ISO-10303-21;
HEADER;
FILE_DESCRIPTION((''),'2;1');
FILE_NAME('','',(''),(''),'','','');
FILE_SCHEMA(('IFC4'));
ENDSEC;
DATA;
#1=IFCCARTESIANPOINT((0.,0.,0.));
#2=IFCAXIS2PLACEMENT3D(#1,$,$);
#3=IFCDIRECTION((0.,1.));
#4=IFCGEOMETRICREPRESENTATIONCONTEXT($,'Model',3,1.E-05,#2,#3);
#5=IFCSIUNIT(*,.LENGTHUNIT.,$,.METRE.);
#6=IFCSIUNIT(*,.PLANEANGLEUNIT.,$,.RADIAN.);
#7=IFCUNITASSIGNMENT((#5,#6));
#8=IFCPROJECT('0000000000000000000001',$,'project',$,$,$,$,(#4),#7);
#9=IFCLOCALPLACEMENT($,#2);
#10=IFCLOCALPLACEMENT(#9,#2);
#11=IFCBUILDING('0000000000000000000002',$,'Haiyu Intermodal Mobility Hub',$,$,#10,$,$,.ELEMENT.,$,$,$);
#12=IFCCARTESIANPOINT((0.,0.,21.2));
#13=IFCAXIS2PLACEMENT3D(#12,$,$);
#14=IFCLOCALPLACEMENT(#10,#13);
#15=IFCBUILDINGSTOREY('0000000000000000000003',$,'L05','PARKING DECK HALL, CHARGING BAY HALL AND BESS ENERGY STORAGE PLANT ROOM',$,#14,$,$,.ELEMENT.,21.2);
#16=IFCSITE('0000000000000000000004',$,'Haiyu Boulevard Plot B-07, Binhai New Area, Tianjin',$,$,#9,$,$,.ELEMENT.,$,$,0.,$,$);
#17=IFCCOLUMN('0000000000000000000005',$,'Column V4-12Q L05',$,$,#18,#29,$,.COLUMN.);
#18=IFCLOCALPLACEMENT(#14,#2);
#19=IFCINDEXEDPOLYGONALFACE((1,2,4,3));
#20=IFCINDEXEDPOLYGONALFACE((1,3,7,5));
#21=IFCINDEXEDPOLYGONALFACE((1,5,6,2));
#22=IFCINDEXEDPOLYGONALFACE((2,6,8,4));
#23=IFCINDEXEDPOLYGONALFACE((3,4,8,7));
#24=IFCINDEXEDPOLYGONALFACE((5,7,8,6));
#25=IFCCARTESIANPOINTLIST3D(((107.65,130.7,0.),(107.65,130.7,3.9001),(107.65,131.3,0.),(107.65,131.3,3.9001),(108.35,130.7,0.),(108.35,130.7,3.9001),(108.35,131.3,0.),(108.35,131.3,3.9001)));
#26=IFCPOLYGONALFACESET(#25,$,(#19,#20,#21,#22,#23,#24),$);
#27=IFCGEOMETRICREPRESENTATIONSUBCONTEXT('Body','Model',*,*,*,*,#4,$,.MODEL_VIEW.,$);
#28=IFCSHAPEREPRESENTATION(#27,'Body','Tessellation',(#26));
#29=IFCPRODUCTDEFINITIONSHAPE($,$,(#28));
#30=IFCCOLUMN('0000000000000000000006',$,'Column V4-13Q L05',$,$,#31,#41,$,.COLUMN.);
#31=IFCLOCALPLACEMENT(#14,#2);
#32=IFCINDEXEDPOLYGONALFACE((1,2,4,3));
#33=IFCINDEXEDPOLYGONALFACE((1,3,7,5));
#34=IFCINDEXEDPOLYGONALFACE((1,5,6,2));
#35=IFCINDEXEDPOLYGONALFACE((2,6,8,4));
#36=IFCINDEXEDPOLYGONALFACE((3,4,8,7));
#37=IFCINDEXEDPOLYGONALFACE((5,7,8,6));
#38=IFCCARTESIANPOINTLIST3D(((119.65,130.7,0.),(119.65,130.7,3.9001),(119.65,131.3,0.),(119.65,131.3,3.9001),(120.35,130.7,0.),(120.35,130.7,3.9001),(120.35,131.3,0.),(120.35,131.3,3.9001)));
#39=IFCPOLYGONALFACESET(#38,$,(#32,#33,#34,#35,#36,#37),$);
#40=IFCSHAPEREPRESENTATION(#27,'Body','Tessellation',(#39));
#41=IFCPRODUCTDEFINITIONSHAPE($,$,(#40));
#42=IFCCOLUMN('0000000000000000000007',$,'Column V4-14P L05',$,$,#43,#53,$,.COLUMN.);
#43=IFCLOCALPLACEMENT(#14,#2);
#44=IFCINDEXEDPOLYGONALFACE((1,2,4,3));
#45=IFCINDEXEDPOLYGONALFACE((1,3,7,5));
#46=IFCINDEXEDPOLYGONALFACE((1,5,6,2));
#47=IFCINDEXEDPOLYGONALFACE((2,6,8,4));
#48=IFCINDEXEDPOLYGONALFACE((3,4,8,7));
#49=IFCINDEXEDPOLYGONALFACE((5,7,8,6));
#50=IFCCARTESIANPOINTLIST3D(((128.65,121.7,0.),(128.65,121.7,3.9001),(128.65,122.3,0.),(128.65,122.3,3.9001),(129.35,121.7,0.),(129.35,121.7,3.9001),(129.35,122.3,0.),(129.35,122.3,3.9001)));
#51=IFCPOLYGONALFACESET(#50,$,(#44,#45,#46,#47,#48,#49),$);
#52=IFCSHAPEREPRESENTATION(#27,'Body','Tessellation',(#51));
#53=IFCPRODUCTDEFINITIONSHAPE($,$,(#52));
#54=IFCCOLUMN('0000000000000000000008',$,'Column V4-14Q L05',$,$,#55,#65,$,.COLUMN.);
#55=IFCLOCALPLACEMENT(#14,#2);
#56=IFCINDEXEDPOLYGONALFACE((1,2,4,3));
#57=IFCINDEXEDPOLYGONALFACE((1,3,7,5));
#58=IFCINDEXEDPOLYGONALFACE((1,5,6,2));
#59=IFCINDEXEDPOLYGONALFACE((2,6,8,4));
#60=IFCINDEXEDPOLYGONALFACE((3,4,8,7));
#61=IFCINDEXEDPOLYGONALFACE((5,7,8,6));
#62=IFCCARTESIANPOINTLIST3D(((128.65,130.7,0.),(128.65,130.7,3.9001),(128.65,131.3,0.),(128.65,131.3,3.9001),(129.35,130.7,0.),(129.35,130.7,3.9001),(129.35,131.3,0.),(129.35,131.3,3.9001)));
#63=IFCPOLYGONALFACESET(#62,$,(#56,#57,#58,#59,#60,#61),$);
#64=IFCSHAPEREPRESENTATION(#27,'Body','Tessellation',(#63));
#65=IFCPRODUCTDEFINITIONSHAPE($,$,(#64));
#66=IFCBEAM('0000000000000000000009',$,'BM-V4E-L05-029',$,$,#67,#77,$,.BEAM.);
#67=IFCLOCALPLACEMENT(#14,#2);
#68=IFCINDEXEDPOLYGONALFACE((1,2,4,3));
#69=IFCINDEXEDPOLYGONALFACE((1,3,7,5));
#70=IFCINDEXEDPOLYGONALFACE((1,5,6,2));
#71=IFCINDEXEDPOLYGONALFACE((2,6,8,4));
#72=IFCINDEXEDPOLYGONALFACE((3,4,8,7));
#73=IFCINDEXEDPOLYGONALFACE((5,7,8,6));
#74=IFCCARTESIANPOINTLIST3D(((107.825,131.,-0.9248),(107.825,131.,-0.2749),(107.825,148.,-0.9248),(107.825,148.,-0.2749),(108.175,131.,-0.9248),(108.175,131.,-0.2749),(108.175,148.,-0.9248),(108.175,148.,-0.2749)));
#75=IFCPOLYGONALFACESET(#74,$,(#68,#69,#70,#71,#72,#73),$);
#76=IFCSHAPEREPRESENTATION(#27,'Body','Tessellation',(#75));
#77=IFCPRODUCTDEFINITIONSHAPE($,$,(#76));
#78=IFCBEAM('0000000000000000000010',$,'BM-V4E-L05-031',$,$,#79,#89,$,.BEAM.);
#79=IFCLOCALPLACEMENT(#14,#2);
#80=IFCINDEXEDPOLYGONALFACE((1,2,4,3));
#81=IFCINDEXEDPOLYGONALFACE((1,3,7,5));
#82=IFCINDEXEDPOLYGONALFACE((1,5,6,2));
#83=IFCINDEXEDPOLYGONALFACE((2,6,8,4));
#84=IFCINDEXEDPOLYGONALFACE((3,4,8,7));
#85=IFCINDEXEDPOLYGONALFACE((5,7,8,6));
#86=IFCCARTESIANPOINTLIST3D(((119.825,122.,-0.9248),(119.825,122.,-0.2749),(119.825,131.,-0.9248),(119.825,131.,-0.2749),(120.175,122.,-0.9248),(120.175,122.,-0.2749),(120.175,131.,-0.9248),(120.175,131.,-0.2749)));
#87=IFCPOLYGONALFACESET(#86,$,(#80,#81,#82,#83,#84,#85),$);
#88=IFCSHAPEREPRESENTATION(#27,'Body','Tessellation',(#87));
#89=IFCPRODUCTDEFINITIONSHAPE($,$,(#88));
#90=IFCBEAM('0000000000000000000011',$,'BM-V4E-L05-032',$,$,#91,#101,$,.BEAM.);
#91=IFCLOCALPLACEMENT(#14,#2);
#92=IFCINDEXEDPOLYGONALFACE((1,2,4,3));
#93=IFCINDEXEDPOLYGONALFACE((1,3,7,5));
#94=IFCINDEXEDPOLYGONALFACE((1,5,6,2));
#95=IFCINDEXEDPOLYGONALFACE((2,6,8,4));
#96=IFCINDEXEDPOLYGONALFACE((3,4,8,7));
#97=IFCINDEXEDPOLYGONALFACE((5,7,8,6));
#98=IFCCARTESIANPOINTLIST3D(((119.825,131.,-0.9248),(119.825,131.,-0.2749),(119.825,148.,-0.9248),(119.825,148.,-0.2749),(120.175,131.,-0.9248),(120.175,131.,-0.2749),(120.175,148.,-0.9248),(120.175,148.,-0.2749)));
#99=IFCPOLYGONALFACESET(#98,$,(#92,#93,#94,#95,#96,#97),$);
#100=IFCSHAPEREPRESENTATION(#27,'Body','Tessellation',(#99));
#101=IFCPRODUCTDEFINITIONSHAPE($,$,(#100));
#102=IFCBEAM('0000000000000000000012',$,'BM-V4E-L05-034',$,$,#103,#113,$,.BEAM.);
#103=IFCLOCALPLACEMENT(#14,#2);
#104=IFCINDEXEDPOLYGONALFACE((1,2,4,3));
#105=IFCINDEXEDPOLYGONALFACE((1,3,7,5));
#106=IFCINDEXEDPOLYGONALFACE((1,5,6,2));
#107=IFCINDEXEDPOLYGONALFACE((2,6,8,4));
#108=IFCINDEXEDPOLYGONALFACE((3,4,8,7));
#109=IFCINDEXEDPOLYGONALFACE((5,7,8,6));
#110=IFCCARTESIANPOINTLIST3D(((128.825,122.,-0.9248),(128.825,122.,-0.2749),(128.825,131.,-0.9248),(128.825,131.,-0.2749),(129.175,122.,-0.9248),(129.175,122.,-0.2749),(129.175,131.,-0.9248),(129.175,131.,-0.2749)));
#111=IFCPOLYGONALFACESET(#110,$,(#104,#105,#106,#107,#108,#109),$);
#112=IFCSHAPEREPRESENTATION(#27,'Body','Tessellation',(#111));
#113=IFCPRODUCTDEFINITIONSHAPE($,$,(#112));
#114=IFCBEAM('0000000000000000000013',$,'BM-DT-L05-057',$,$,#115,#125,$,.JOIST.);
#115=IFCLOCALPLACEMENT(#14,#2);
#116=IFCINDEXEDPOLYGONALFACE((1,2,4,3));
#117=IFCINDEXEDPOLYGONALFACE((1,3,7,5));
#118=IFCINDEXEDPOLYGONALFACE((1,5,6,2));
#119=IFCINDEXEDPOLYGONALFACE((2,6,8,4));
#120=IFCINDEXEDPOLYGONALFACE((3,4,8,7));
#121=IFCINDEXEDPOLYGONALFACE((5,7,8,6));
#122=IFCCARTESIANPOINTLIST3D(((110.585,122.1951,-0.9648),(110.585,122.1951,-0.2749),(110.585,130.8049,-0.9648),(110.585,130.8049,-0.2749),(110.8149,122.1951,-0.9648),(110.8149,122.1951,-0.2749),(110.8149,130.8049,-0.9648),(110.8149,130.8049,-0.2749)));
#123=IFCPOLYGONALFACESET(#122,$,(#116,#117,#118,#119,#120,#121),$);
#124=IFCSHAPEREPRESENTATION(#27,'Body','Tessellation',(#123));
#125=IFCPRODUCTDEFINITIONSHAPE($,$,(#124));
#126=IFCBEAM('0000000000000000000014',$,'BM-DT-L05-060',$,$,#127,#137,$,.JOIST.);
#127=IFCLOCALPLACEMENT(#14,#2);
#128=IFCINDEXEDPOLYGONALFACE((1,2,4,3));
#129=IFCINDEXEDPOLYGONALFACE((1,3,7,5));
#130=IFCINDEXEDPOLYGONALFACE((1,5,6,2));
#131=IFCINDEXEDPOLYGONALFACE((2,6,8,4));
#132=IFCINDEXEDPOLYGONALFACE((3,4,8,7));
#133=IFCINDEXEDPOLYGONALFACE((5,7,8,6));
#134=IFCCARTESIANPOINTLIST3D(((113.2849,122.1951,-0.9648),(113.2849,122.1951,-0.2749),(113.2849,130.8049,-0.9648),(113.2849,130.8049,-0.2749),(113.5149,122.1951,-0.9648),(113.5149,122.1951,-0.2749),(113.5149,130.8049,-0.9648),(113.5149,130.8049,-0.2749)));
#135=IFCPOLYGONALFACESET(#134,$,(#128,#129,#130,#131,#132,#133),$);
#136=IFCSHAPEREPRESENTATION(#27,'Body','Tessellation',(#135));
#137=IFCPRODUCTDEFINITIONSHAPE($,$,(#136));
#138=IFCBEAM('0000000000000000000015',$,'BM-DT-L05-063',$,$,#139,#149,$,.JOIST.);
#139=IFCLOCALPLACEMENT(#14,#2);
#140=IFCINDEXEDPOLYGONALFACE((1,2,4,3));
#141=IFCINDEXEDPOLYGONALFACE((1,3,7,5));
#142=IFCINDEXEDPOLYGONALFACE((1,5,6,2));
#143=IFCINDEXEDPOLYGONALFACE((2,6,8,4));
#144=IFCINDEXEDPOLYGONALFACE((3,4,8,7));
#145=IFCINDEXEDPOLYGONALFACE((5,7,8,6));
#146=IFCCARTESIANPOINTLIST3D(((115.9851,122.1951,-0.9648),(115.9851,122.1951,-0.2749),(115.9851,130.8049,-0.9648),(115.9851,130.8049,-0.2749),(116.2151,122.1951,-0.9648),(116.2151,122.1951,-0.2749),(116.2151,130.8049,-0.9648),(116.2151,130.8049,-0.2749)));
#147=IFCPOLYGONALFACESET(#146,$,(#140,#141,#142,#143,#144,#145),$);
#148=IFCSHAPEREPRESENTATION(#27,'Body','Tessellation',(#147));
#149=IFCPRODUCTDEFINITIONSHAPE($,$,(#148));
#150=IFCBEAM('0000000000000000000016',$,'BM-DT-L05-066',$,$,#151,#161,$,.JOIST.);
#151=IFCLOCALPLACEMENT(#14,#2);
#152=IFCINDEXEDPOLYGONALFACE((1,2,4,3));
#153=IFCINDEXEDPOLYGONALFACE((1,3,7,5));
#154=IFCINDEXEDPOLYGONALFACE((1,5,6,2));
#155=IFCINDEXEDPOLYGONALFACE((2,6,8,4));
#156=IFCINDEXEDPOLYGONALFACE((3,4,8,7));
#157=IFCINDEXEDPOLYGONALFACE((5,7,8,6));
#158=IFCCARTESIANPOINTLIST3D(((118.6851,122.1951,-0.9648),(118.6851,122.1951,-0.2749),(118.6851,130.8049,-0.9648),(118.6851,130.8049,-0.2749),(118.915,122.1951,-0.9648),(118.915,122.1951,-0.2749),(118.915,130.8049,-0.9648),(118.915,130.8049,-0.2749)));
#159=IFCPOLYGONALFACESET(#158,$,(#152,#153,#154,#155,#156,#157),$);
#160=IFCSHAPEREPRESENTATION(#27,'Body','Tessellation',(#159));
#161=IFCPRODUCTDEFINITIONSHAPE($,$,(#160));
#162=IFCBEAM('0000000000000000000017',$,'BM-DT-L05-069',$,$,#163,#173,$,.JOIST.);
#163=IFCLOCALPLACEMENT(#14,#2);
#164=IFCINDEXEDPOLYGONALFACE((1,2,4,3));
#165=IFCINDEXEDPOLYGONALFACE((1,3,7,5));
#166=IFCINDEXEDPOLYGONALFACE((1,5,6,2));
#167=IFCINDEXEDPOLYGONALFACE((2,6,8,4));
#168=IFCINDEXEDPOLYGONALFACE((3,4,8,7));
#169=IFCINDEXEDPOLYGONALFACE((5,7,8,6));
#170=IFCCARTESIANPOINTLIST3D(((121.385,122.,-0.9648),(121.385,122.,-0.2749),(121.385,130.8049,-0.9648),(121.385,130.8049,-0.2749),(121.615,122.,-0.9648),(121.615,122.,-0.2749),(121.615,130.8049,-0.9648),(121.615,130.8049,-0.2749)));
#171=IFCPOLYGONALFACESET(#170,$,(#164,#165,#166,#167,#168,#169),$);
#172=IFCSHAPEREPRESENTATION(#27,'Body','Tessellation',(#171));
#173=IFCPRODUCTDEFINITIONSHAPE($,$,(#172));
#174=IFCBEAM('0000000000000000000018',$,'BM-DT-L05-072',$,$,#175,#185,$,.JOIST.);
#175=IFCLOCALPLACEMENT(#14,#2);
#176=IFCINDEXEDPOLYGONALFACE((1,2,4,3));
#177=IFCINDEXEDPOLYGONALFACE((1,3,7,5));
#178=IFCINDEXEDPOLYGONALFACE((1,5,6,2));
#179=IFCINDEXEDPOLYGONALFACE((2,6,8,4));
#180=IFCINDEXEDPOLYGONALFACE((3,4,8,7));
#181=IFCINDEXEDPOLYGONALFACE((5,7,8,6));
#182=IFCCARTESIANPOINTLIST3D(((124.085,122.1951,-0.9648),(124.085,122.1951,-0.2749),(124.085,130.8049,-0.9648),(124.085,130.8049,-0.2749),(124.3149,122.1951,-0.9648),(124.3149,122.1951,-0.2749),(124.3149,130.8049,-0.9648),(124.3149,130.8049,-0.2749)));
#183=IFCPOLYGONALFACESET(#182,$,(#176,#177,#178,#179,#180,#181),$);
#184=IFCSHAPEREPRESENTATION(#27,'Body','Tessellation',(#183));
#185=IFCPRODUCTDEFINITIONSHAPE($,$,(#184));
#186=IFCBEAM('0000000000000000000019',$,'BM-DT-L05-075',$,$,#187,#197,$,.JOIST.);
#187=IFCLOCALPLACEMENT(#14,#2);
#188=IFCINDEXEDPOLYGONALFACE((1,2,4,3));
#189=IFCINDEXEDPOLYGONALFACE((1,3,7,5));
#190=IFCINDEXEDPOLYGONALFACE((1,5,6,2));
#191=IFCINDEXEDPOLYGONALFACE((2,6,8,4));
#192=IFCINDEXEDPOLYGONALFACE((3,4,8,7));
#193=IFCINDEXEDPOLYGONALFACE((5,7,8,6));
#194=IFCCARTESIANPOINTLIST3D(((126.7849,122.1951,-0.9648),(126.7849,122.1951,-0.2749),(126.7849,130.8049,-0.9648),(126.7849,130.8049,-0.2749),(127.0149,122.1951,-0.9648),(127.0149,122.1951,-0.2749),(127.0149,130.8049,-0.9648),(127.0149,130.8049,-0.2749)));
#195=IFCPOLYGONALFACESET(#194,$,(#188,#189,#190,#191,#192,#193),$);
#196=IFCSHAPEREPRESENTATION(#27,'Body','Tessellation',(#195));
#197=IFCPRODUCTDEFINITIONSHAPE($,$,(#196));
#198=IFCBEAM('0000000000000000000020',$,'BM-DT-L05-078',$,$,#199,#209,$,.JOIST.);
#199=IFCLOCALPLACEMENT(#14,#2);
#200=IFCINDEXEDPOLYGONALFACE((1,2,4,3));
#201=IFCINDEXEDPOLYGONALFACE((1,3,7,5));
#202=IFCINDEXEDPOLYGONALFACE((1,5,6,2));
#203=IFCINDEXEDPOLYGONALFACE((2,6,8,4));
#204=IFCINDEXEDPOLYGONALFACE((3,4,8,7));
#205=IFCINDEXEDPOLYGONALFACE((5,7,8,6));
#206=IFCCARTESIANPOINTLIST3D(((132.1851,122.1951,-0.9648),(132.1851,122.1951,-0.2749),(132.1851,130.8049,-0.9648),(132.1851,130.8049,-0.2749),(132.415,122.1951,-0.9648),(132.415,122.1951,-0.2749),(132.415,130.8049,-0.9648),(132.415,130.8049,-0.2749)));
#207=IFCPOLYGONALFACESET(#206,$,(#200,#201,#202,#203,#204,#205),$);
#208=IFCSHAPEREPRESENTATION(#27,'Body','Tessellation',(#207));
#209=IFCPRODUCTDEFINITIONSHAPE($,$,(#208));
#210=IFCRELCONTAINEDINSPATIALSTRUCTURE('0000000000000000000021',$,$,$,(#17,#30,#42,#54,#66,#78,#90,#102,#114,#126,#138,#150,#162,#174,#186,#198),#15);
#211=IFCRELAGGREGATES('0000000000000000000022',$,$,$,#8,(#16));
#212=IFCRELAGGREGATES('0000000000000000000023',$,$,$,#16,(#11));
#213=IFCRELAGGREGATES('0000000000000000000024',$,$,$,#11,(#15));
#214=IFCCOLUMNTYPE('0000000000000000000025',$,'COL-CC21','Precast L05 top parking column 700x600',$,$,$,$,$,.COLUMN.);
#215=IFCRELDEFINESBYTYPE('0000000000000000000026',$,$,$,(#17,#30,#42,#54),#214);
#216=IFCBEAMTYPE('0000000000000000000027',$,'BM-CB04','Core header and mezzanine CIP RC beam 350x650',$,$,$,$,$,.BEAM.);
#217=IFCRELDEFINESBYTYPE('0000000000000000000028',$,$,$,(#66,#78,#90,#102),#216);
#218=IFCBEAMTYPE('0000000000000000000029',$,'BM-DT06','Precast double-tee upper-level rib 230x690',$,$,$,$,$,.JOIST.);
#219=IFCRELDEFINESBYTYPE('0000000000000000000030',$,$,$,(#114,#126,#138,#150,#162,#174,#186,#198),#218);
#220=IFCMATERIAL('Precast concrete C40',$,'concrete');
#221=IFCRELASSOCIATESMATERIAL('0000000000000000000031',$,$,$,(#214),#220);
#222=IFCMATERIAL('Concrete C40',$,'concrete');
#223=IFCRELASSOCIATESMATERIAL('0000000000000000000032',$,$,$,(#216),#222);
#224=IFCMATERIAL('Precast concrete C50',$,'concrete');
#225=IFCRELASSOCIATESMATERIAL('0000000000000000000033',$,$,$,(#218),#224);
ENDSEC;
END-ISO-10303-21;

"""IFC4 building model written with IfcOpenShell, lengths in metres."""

from ifc_helpers import new_model, si_unit, direction, frame, origin, origin_2d, place, context, subcontext, project, spatial, rectangle, extrude, material, material_profile, profile_set, type_object, element, save


model = new_model("IFC4")

# Units and contexts
model_context = context("Model", 3, precision=1e-05, world=origin(), true_north=direction((0.0, 1.0)))
body_context = subcontext(model_context, "Body", "Model", "MODEL_VIEW")
ifc_project = project(units=[si_unit("LENGTHUNIT", "METRE"), si_unit("PLANEANGLEUNIT", "RADIAN")], contexts=[model_context])

# Site, building, storey
site_placement = place(None, origin())
site = spatial("IfcSite", under=ifc_project, at=site_placement, Name="Haiyu Boulevard Plot B-07, Binhai New Area, Tianjin", CompositionType="ELEMENT", RefElevation=0.0)
building_placement = place(site_placement, origin())
building = spatial("IfcBuilding", under=site, at=building_placement, Name="Haiyu Intermodal Mobility Hub", CompositionType="ELEMENT")
storey_placement = place(building_placement, frame((0.0, 0.0, 21.2)))
storey = spatial("IfcBuildingStorey", under=building, at=storey_placement, Name="L05", Description="PARKING DECK HALL, CHARGING BAY HALL AND BESS ENERGY STORAGE PLANT ROOM", CompositionType="ELEMENT", Elevation=21.2)

# Columns
ifc_material_1 = material(Name="Precast concrete C40", Category="concrete")
ifc_material_profile_1 = material_profile(ifc_material_1, rectangle(XDim=0.7, YDim=0.6001, at=origin_2d()), Name="C700x600")
ifc_profile_set_1 = profile_set([ifc_material_profile_1], Name="Precast concrete C40")
column_type = type_object("IfcColumnType", Name="COL-CC21", Description="Precast L05 top parking column 700x600", PredefinedType="COLUMN", material=ifc_profile_set_1)
for number, where, z_axis, x_axis, name in (
    (1, (108.0, 131.0, 0.0), (0.0, 0.0, 1.0), (1.0, 0.0, 0.0), "Column V4-12Q L05"),
    (2, (120.0, 131.0, 0.0), (0.0, 0.0, 1.0), (1.0, 0.0, 0.0), "Column V4-13Q L05"),
    (3, (129.0, 122.0, 0.0), (0.0, 0.0, 1.0), (1.0, 0.0, 0.0), "Column V4-14P L05"),
    (4, (129.0, 131.0, 0.0), (0.0, 0.0, 1.0), (1.0, 0.0, 0.0), "Column V4-14Q L05"),
):
    element("IfcColumn", number, at=place(storey_placement, frame(where, z_axis=z_axis, x_axis=x_axis)), inside=storey, type_object=column_type, Name=name, PredefinedType="COLUMN", context=body_context, shape_type="SweptSolid", body=[
        extrude(rectangle(XDim=0.7, YDim=0.6001, at=origin_2d()), origin(), (0.0, 0.0, 1.0), 3.9001),
    ])

# Beams
ifc_material_2 = material(Name="Concrete C40", Category="concrete")
ifc_material_profile_2 = material_profile(ifc_material_2, rectangle(XDim=0.3501, YDim=0.6499, at=origin_2d()), Name="RCB350x650")
ifc_profile_set_2 = profile_set([ifc_material_profile_2], Name="Concrete C40")
beam_type_1 = type_object("IfcBeamType", Name="BM-CB04", Description="Core header and mezzanine CIP RC beam 350x650", PredefinedType="BEAM", material=ifc_profile_set_2)
beam_1_placement = place(storey_placement, frame((108.0, 131.0, -0.5999), z_axis=(0.0, 1.0, 0.0), x_axis=(-1.0, 0.0, 0.0)))
element("IfcBeam", 5, at=beam_1_placement, inside=storey, type_object=beam_type_1, Name="BM-V4E-L05-029", PredefinedType="BEAM", context=body_context, shape_type="SweptSolid", body=[
    extrude(rectangle(XDim=0.3501, YDim=0.6499, at=origin_2d()), origin(), (0.0, 0.0, 1.0), 17.0),
])
beam_2_placement = place(storey_placement, frame((120.0, 122.0, -0.5999), z_axis=(0.0, 1.0, 0.0), x_axis=(-1.0, 0.0, 0.0)))
element("IfcBeam", 6, at=beam_2_placement, inside=storey, type_object=beam_type_1, Name="BM-V4E-L05-031", PredefinedType="BEAM", context=body_context, shape_type="SweptSolid", body=[
    extrude(rectangle(XDim=0.3501, YDim=0.6499, at=origin_2d()), origin(), (0.0, 0.0, 1.0), 9.0),
])
beam_3_placement = place(storey_placement, frame((120.0, 131.0, -0.5999), z_axis=(0.0, 1.0, 0.0), x_axis=(-1.0, 0.0, 0.0)))
element("IfcBeam", 7, at=beam_3_placement, inside=storey, type_object=beam_type_1, Name="BM-V4E-L05-032", PredefinedType="BEAM", context=body_context, shape_type="SweptSolid", body=[
    extrude(rectangle(XDim=0.3501, YDim=0.6499, at=origin_2d()), origin(), (0.0, 0.0, 1.0), 17.0),
])
beam_4_placement = place(storey_placement, frame((129.0, 122.0, -0.5999), z_axis=(0.0, 1.0, 0.0), x_axis=(-1.0, 0.0, 0.0)))
element("IfcBeam", 8, at=beam_4_placement, inside=storey, type_object=beam_type_1, Name="BM-V4E-L05-034", PredefinedType="BEAM", context=body_context, shape_type="SweptSolid", body=[
    extrude(rectangle(XDim=0.3501, YDim=0.6499, at=origin_2d()), origin(), (0.0, 0.0, 1.0), 9.0),
])
ifc_material_3 = material(Name="Precast concrete C50", Category="concrete")
ifc_material_profile_3 = material_profile(ifc_material_3, rectangle(XDim=0.23, YDim=0.6899, at=origin_2d()), Name="B230x690")
ifc_profile_set_3 = profile_set([ifc_material_profile_3], Name="Precast concrete C50")
beam_type_2 = type_object("IfcBeamType", Name="BM-DT06", Description="Precast double-tee upper-level rib 230x690", PredefinedType="JOIST", material=ifc_profile_set_3)
for number, where, z_axis, x_axis, name in (
    (9, (110.7, 122.1951, -0.6199), (0.0, 1.0, 0.0), (-1.0, 0.0, 0.0), "BM-DT-L05-057"),
    (10, (113.3999, 122.1951, -0.6199), (0.0, 1.0, 0.0), (-1.0, 0.0, 0.0), "BM-DT-L05-060"),
    (11, (116.1001, 122.1951, -0.6199), (0.0, 1.0, 0.0), (-1.0, 0.0, 0.0), "BM-DT-L05-063"),
    (12, (118.8, 122.1951, -0.6199), (0.0, 1.0, 0.0), (-1.0, 0.0, 0.0), "BM-DT-L05-066"),
):
    element("IfcBeam", number, at=place(storey_placement, frame(where, z_axis=z_axis, x_axis=x_axis)), inside=storey, type_object=beam_type_2, Name=name, PredefinedType="JOIST", context=body_context, shape_type="SweptSolid", body=[
        extrude(rectangle(XDim=0.23, YDim=0.6899, at=origin_2d()), origin(), (0.0, 0.0, 1.0), 8.6099),
    ])
beam_5_placement = place(storey_placement, frame((121.5, 122.0, -0.6199), z_axis=(0.0, 1.0, 0.0), x_axis=(-1.0, 0.0, 0.0)))
element("IfcBeam", 13, at=beam_5_placement, inside=storey, type_object=beam_type_2, Name="BM-DT-L05-069", PredefinedType="JOIST", context=body_context, shape_type="SweptSolid", body=[
    extrude(rectangle(XDim=0.23, YDim=0.6899, at=origin_2d()), origin(), (0.0, 0.0, 1.0), 8.8049),
])
for number, where, z_axis, x_axis, name in (
    (14, (124.2, 122.1951, -0.6199), (0.0, 1.0, 0.0), (-1.0, 0.0, 0.0), "BM-DT-L05-072"),
    (15, (126.8999, 122.1951, -0.6199), (0.0, 1.0, 0.0), (-1.0, 0.0, 0.0), "BM-DT-L05-075"),
    (16, (132.3, 122.1951, -0.6199), (0.0, 1.0, 0.0), (-1.0, 0.0, 0.0), "BM-DT-L05-078"),
):
    element("IfcBeam", number, at=place(storey_placement, frame(where, z_axis=z_axis, x_axis=x_axis)), inside=storey, type_object=beam_type_2, Name=name, PredefinedType="JOIST", context=body_context, shape_type="SweptSolid", body=[
        extrude(rectangle(XDim=0.23, YDim=0.6899, at=origin_2d()), origin(), (0.0, 0.0, 1.0), 8.6099),
    ])

save(model, "model.ifc")
